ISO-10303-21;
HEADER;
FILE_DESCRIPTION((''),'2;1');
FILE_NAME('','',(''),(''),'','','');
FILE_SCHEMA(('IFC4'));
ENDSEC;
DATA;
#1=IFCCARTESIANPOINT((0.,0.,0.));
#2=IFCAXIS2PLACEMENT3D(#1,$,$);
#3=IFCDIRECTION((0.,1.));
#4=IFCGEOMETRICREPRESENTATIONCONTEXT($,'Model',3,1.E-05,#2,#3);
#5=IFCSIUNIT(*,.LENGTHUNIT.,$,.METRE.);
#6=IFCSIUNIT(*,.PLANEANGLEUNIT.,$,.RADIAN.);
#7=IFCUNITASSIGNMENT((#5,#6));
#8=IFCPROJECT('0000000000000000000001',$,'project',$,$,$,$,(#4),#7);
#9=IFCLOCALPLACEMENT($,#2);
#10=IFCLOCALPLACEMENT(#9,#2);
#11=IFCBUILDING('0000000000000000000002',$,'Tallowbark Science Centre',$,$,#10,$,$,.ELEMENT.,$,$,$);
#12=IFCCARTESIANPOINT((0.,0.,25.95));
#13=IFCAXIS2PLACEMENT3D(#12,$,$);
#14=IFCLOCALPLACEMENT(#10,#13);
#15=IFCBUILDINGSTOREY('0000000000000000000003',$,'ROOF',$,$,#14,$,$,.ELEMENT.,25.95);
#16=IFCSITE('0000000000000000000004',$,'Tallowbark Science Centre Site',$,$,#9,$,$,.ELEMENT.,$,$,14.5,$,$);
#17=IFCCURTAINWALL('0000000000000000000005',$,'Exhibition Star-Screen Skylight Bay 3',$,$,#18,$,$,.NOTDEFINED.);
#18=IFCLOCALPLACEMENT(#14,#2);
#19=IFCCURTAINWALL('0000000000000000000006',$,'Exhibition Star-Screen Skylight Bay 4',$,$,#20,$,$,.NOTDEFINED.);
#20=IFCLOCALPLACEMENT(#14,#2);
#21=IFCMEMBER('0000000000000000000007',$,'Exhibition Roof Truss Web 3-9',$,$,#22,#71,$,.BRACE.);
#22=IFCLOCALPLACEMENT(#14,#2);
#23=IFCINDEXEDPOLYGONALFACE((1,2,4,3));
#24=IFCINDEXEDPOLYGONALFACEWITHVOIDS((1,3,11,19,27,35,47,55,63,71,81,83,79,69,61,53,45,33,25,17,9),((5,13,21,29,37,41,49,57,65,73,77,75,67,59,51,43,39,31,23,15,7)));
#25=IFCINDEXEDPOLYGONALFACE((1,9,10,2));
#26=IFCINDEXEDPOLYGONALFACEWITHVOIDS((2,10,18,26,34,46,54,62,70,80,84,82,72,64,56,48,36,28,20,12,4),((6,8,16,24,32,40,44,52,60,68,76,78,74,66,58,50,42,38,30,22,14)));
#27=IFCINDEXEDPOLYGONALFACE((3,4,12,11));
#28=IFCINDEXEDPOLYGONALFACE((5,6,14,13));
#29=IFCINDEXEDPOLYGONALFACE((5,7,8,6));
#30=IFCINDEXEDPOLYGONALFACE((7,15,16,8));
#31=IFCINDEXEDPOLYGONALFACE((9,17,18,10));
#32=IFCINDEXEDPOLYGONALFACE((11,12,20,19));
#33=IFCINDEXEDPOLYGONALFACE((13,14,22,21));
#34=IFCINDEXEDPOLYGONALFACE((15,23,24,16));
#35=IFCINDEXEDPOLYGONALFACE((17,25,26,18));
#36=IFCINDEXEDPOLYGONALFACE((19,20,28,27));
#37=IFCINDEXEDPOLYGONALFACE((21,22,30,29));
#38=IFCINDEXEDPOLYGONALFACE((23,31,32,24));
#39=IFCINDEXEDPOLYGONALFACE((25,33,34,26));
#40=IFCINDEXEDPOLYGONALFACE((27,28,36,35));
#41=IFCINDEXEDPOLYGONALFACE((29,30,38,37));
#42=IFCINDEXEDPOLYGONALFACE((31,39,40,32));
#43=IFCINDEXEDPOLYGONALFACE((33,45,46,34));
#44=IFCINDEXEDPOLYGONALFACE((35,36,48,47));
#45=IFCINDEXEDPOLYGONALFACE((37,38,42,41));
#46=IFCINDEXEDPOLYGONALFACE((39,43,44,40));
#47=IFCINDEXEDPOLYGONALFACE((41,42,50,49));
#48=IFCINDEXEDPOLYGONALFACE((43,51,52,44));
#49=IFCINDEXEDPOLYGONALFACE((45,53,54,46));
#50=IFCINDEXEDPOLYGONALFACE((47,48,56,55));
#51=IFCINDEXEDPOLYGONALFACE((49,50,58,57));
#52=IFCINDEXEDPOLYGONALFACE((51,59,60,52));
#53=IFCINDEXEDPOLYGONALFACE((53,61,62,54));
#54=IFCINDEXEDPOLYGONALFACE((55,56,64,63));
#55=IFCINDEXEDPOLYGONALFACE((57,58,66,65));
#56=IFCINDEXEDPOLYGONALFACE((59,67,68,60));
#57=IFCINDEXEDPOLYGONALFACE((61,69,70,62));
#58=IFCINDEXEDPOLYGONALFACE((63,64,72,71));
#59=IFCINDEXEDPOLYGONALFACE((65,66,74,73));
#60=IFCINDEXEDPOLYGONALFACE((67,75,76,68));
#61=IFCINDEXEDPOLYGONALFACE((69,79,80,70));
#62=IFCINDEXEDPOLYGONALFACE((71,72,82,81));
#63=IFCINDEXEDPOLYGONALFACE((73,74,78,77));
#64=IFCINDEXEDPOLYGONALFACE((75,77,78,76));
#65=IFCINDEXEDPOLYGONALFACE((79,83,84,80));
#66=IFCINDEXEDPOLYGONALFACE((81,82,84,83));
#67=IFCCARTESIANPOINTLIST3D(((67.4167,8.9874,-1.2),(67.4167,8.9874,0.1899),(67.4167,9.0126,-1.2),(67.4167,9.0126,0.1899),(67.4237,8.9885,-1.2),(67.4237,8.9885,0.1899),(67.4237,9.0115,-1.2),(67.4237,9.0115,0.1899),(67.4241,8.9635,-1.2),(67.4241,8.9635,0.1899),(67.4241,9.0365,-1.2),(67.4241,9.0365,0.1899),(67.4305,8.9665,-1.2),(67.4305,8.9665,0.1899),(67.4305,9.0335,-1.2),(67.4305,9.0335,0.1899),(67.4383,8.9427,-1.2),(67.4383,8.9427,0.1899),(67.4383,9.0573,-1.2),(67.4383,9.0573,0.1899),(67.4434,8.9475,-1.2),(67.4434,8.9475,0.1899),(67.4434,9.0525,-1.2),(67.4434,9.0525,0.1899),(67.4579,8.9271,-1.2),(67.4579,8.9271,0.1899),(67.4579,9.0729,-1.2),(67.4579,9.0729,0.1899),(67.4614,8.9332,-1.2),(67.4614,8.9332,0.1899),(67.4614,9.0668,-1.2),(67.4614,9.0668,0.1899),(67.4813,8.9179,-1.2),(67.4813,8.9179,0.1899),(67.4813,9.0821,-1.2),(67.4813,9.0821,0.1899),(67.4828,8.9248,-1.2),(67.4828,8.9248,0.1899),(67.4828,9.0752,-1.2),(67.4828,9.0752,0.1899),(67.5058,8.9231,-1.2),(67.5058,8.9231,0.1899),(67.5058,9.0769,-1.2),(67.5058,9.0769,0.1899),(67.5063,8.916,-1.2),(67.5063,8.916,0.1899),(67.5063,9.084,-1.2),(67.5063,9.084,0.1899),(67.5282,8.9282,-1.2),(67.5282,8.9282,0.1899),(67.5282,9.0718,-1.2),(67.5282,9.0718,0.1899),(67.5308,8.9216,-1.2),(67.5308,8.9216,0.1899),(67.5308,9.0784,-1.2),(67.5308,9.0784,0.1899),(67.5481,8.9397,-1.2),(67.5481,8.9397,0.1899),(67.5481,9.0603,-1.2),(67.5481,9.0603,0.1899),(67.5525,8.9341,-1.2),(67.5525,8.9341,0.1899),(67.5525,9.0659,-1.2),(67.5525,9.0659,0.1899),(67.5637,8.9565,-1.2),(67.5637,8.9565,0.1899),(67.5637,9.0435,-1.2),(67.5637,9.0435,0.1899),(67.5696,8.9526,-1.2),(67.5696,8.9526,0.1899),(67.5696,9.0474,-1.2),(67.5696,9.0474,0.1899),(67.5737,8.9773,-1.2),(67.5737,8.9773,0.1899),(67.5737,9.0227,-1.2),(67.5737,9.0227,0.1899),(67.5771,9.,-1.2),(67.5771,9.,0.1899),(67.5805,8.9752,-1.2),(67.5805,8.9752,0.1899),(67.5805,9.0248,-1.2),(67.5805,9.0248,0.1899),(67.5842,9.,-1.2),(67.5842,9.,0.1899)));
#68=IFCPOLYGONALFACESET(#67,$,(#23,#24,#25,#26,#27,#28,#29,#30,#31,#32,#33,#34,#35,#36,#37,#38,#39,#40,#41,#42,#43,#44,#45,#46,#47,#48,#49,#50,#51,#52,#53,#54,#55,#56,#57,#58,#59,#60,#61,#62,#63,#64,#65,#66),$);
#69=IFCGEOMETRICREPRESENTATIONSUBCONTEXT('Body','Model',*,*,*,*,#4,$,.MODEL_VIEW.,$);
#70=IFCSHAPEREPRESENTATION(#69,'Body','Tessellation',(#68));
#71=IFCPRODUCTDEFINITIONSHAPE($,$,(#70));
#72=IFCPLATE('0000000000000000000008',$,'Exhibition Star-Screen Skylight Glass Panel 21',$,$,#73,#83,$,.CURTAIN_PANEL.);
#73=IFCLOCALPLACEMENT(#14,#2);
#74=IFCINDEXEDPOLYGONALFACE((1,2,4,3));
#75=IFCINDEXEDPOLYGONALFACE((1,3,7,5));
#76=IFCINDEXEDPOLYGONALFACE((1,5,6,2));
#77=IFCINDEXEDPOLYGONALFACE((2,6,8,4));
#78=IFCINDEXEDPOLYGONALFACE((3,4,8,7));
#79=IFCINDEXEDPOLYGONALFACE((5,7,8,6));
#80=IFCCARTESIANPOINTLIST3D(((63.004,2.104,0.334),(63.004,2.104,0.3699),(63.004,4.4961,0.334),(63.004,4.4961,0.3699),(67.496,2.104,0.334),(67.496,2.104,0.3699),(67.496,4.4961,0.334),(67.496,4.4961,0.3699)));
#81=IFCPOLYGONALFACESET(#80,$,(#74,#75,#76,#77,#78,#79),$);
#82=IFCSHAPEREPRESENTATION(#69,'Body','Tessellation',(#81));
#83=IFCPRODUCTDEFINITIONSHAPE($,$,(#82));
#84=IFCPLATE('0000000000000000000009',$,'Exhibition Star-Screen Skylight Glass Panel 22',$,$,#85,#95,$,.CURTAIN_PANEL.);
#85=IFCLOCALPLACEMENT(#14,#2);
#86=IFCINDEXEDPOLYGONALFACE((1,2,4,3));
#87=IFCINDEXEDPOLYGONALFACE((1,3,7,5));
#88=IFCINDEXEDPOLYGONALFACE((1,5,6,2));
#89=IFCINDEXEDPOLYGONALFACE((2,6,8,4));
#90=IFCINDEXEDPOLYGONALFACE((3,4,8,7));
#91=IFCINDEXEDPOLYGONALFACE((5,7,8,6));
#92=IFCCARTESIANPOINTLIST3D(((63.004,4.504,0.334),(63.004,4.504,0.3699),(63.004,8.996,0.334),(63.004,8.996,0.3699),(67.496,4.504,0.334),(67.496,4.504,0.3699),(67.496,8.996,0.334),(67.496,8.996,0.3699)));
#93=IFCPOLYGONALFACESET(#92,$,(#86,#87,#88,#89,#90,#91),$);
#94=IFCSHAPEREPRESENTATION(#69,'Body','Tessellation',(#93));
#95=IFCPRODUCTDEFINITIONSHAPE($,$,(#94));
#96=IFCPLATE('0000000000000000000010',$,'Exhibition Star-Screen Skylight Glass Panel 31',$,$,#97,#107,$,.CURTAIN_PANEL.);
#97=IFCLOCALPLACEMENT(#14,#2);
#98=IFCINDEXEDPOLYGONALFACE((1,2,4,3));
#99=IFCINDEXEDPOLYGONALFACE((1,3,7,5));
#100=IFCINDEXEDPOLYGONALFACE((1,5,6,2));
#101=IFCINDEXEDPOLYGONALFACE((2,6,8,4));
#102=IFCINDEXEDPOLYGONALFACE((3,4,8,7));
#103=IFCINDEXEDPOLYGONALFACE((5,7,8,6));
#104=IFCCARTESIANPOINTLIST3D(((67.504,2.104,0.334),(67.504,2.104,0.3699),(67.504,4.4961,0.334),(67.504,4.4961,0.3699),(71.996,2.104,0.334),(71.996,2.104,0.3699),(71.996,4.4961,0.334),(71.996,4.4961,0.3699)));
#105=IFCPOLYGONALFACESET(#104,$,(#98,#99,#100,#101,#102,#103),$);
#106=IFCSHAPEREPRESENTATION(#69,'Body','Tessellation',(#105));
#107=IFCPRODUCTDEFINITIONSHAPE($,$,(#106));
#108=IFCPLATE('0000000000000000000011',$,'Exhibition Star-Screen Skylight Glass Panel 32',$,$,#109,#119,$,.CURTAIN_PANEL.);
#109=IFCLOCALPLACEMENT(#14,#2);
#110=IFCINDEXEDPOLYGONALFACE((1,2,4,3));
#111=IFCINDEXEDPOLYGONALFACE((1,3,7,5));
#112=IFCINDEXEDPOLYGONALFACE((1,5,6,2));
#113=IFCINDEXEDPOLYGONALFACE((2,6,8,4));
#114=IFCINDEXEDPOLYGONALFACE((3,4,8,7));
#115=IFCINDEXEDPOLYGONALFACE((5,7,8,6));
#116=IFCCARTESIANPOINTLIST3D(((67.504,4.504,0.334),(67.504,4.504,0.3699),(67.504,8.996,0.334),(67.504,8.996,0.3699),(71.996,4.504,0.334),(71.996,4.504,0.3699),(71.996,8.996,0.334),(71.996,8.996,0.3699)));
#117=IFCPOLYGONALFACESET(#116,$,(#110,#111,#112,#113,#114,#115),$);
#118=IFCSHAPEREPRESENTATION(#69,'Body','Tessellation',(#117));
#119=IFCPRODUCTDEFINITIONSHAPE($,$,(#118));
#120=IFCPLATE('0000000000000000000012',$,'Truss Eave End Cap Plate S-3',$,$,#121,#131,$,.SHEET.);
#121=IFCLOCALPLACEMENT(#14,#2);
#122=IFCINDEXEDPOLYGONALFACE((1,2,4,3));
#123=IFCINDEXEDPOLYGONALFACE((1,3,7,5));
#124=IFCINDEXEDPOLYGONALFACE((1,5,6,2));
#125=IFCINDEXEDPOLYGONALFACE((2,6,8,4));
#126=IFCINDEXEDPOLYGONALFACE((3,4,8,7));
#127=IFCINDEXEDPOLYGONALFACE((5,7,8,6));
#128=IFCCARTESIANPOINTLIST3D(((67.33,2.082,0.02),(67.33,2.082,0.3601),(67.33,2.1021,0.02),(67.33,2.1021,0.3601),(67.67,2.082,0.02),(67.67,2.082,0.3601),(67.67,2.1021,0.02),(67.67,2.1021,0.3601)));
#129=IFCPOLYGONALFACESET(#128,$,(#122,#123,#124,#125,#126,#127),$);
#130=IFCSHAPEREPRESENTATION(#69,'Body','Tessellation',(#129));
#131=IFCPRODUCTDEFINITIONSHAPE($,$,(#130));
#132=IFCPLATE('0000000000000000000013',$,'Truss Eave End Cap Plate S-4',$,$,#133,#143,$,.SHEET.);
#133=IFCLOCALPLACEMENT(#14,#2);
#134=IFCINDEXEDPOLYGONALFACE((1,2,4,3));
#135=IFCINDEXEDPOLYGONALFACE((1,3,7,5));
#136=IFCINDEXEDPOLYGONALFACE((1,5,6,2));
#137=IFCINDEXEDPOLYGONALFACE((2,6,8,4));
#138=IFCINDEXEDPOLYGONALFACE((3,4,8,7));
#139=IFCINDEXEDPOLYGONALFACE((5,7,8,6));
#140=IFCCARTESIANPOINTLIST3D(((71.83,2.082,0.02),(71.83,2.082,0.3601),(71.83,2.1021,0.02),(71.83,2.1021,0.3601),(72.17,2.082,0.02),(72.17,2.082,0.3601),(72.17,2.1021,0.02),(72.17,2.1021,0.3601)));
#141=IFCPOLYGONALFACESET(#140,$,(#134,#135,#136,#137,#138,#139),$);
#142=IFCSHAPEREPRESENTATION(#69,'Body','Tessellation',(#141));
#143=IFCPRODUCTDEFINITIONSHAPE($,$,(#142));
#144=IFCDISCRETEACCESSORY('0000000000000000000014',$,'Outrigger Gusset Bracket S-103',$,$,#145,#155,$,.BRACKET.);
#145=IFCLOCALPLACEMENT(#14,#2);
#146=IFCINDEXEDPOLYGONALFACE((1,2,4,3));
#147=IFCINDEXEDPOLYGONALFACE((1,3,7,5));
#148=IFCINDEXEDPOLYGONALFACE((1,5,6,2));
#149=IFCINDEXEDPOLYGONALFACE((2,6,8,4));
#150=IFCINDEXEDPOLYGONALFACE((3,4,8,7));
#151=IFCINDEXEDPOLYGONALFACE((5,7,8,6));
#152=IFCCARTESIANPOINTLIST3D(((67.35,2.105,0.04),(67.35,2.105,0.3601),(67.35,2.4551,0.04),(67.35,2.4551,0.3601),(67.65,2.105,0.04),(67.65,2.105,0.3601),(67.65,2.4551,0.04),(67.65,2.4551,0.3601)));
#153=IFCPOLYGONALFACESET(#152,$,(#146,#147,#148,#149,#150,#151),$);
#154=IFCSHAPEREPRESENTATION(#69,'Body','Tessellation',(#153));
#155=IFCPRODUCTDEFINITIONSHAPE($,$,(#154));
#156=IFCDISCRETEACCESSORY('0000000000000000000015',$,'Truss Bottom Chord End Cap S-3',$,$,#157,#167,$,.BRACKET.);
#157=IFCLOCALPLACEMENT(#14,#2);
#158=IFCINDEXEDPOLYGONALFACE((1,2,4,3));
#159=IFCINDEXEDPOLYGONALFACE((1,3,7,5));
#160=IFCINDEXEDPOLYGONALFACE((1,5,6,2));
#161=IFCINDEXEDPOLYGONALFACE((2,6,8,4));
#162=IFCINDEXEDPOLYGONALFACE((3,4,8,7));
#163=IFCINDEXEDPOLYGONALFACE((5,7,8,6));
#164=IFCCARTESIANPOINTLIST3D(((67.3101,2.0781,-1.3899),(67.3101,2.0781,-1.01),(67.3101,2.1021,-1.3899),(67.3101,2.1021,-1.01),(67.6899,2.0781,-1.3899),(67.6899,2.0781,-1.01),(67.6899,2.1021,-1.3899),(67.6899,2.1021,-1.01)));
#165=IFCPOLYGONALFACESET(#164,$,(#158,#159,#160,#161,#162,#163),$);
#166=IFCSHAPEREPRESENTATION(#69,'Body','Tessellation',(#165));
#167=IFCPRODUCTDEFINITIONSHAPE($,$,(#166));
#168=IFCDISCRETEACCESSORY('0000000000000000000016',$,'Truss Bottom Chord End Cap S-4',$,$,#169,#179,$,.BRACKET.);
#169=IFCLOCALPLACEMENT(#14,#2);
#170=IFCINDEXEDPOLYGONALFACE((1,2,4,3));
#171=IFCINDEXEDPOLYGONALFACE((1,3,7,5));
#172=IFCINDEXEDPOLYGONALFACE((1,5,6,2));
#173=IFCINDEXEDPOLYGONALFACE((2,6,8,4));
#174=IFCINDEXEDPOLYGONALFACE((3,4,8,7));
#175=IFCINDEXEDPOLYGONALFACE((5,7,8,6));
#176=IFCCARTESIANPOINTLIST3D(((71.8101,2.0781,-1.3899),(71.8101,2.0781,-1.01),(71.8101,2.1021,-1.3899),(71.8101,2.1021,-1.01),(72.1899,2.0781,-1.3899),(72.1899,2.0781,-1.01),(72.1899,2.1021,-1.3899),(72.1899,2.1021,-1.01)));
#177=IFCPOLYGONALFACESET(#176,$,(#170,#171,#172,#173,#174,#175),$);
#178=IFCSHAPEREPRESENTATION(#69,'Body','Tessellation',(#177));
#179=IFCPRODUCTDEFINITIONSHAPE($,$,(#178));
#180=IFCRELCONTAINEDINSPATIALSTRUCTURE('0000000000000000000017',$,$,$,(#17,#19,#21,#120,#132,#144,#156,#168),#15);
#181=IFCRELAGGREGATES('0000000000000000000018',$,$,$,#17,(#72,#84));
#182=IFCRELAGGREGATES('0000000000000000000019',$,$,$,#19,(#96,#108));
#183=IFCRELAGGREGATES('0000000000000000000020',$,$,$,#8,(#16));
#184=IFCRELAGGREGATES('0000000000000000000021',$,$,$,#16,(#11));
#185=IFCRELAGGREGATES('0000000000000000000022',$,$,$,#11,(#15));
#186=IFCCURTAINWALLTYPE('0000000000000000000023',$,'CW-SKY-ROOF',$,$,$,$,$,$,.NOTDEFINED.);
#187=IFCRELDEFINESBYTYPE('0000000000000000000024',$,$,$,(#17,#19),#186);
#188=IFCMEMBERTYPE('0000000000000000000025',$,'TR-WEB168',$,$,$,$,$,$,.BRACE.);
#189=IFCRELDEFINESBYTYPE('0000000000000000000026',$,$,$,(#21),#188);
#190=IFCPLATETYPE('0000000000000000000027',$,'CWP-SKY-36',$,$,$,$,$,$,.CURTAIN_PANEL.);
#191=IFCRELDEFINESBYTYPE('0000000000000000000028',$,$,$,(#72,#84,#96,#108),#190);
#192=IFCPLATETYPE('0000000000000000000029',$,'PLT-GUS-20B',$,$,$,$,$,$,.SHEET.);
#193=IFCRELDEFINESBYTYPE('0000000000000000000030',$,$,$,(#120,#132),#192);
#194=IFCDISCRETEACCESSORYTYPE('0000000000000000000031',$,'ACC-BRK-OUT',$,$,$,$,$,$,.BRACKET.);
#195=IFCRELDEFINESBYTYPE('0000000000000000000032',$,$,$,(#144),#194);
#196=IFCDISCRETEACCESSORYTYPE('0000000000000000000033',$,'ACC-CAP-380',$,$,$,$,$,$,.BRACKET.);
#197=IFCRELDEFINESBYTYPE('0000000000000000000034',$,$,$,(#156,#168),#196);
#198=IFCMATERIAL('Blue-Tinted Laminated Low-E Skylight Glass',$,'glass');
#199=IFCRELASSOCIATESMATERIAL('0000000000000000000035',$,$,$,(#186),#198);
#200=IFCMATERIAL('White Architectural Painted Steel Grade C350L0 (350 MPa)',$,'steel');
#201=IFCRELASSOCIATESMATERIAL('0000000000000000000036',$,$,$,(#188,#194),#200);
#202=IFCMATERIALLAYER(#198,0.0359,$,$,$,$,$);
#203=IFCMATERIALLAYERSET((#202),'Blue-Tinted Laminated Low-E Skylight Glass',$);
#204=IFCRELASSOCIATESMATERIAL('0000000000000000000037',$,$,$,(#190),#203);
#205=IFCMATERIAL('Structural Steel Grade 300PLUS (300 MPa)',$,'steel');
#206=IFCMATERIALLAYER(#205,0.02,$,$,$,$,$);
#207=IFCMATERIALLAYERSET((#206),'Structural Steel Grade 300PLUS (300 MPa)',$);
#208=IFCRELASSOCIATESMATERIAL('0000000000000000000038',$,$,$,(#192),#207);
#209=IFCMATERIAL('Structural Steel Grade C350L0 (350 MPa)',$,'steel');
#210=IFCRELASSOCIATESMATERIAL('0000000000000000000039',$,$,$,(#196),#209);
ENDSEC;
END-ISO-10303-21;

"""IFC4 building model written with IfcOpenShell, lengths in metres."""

from ifc_helpers import new_model, si_unit, direction, frame, origin, origin_2d, place, context, subcontext, project, spatial, rectangle, hollow_circle, extrude, material, layer, layer_set, material_profile, profile_set, type_object, element, aggregate, save


model = new_model("IFC4")

# Units and contexts
model_context = context("Model", 3, precision=1e-05, world=origin(), true_north=direction((0.0, 1.0)))
body_context = subcontext(model_context, "Body", "Model", "MODEL_VIEW")
ifc_project = project(units=[si_unit("LENGTHUNIT", "METRE"), si_unit("PLANEANGLEUNIT", "RADIAN")], contexts=[model_context])

# Site, building, storey
site_placement = place(None, origin())
site = spatial("IfcSite", under=ifc_project, at=site_placement, Name="Tallowbark Science Centre Site", CompositionType="ELEMENT", RefElevation=14.5)
building_placement = place(site_placement, origin())
building = spatial("IfcBuilding", under=site, at=building_placement, Name="Tallowbark Science Centre", CompositionType="ELEMENT")
storey_placement = place(building_placement, frame((0.0, 0.0, 25.95)))
storey = spatial("IfcBuildingStorey", under=building, at=storey_placement, Name="ROOF", CompositionType="ELEMENT", Elevation=25.95)

# Shared definitions
ifc_material_1 = material(Name="White Architectural Painted Steel Grade C350L0 (350 MPa)", Category="steel")

# Curtain walls
ifc_material_2 = material(Name="Blue-Tinted Laminated Low-E Skylight Glass", Category="glass")
curtain_wall_type = type_object("IfcCurtainWallType", Name="CW-SKY-ROOF", PredefinedType="NOTDEFINED", material=ifc_material_2)
curtain_wall_1_placement = place(storey_placement, origin())
curtain_wall_1 = element("IfcCurtainWall", 1, at=curtain_wall_1_placement, inside=storey, type_object=curtain_wall_type, Name="Exhibition Star-Screen Skylight Bay 3", PredefinedType="NOTDEFINED")
curtain_wall_2_placement = place(storey_placement, origin())
curtain_wall_2 = element("IfcCurtainWall", 2, at=curtain_wall_2_placement, inside=storey, type_object=curtain_wall_type, Name="Exhibition Star-Screen Skylight Bay 4", PredefinedType="NOTDEFINED")

# Member
ifc_material_profile_1 = material_profile(ifc_material_1, hollow_circle(Radius=0.0842, WallThickness=0.0071, at=origin_2d()), Name="168.3x7.1CHS")
ifc_profile_set_1 = profile_set([ifc_material_profile_1], Name="White Architectural Painted Steel Grade C350L0 (350 MPa)")
member_type_1 = type_object("IfcMemberType", Name="TR-WEB168", PredefinedType="BRACE", material=ifc_profile_set_1)
for number, where, z_axis, x_axis, name in (
    (3, (67.5, 9.0, -1.2), (0.0, 0.0, 1.0), (1.0, 0.0, 0.0), "Exhibition Roof Truss Web 3-9"),
):
    element("IfcMember", number, at=place(storey_placement, frame(where, z_axis=z_axis, x_axis=x_axis)), inside=storey, type_object=member_type_1, Name=name, PredefinedType="BRACE", context=body_context, shape_type="SweptSolid", body=[
        extrude(hollow_circle(Radius=0.0842, WallThickness=0.0071, at=origin_2d()), origin(), (0.0, 0.0, 1.0), 1.3899),
    ])

# Plates
ifc_layer_1 = layer(ifc_material_2, 0.0359)
ifc_layer_set_1 = layer_set([ifc_layer_1], Name="Blue-Tinted Laminated Low-E Skylight Glass")
plate_type_1 = type_object("IfcPlateType", Name="CWP-SKY-36", PredefinedType="CURTAIN_PANEL", material=ifc_layer_set_1)
plate_1_placement = place(storey_placement, frame((65.25, 3.3, 0.334), z_axis=(0.0, 0.0, 1.0), x_axis=(1.0, 0.0, 0.0)))
plate_1 = element("IfcPlate", 4, at=plate_1_placement, type_object=plate_type_1, Name="Exhibition Star-Screen Skylight Glass Panel 21", PredefinedType="CURTAIN_PANEL", context=body_context, shape_type="SweptSolid", body=[
    extrude(rectangle(XDim=4.4919, YDim=2.3921, at=origin_2d()), origin(), (0.0, 0.0, 1.0), 0.0359),
])
plate_2_placement = place(storey_placement, frame((65.25, 6.75, 0.334), z_axis=(0.0, 0.0, 1.0), x_axis=(1.0, 0.0, 0.0)))
plate_2 = element("IfcPlate", 5, at=plate_2_placement, type_object=plate_type_1, Name="Exhibition Star-Screen Skylight Glass Panel 22", PredefinedType="CURTAIN_PANEL", context=body_context, shape_type="SweptSolid", body=[
    extrude(rectangle(XDim=4.4919, YDim=4.4919, at=origin_2d()), origin(), (0.0, 0.0, 1.0), 0.0359),
])
aggregate(curtain_wall_1, [plate_1, plate_2])
plate_3_placement = place(storey_placement, frame((69.75, 3.3, 0.334), z_axis=(0.0, 0.0, 1.0), x_axis=(1.0, 0.0, 0.0)))
plate_3 = element("IfcPlate", 6, at=plate_3_placement, type_object=plate_type_1, Name="Exhibition Star-Screen Skylight Glass Panel 31", PredefinedType="CURTAIN_PANEL", context=body_context, shape_type="SweptSolid", body=[
    extrude(rectangle(XDim=4.4919, YDim=2.3921, at=origin_2d()), origin(), (0.0, 0.0, 1.0), 0.0359),
])
plate_4_placement = place(storey_placement, frame((69.75, 6.75, 0.334), z_axis=(0.0, 0.0, 1.0), x_axis=(1.0, 0.0, 0.0)))
plate_4 = element("IfcPlate", 7, at=plate_4_placement, type_object=plate_type_1, Name="Exhibition Star-Screen Skylight Glass Panel 32", PredefinedType="CURTAIN_PANEL", context=body_context, shape_type="SweptSolid", body=[
    extrude(rectangle(XDim=4.4919, YDim=4.4919, at=origin_2d()), origin(), (0.0, 0.0, 1.0), 0.0359),
])
aggregate(curtain_wall_2, [plate_3, plate_4])

# Plates
ifc_material_3 = material(Name="Structural Steel Grade 300PLUS (300 MPa)", Category="steel")
ifc_layer_2 = layer(ifc_material_3, 0.02)
ifc_layer_set_2 = layer_set([ifc_layer_2], Name="Structural Steel Grade 300PLUS (300 MPa)")
plate_type_2 = type_object("IfcPlateType", Name="PLT-GUS-20B", PredefinedType="SHEET", material=ifc_layer_set_2)
for number, where, z_axis, x_axis, name in (
    (8, (67.5, 2.092, 0.02), (0.0, 0.0, 1.0), (1.0, 0.0, 0.0), "Truss Eave End Cap Plate S-3"),
    (9, (72.0, 2.092, 0.02), (0.0, 0.0, 1.0), (1.0, 0.0, 0.0), "Truss Eave End Cap Plate S-4"),
):
    element("IfcPlate", number, at=place(storey_placement, frame(where, z_axis=z_axis, x_axis=x_axis)), inside=storey, type_object=plate_type_2, Name=name, PredefinedType="SHEET", context=body_context, shape_type="SweptSolid", body=[
        extrude(rectangle(XDim=0.3401, YDim=0.02, at=origin_2d()), origin(), (0.0, 0.0, 1.0), 0.3401),
    ])

# Discrete accessories
discrete_accessory_type_1 = type_object("IfcDiscreteAccessoryType", Name="ACC-BRK-OUT", PredefinedType="BRACKET", material=ifc_material_1)
discrete_accessory_placement = place(storey_placement, frame((67.5, 2.28, 0.04), z_axis=(0.0, 0.0, 1.0), x_axis=(1.0, 0.0, 0.0)))
element("IfcDiscreteAccessory", 10, at=discrete_accessory_placement, inside=storey, type_object=discrete_accessory_type_1, Name="Outrigger Gusset Bracket S-103", PredefinedType="BRACKET", context=body_context, shape_type="SweptSolid", body=[
    extrude(rectangle(XDim=0.3, YDim=0.3501, at=origin_2d()), origin(), (0.0, 0.0, 1.0), 0.3201),
])
ifc_material_4 = material(Name="Structural Steel Grade C350L0 (350 MPa)", Category="steel")
discrete_accessory_type_2 = type_object("IfcDiscreteAccessoryType", Name="ACC-CAP-380", PredefinedType="BRACKET", material=ifc_material_4)
for number, where, z_axis, x_axis, name in (
    (11, (67.5, 2.0901, -1.3899), (0.0, 0.0, 1.0), (1.0, 0.0, 0.0), "Truss Bottom Chord End Cap S-3"),
    (12, (72.0, 2.0901, -1.3899), (0.0, 0.0, 1.0), (1.0, 0.0, 0.0), "Truss Bottom Chord End Cap S-4"),
):
    element("IfcDiscreteAccessory", number, at=place(storey_placement, frame(where, z_axis=z_axis, x_axis=x_axis)), inside=storey, type_object=discrete_accessory_type_2, Name=name, PredefinedType="BRACKET", context=body_context, shape_type="SweptSolid", body=[
        extrude(rectangle(XDim=0.3799, YDim=0.0239, at=origin_2d()), origin(), (0.0, 0.0, 1.0), 0.3799),
    ])

save(model, "model.ifc")
